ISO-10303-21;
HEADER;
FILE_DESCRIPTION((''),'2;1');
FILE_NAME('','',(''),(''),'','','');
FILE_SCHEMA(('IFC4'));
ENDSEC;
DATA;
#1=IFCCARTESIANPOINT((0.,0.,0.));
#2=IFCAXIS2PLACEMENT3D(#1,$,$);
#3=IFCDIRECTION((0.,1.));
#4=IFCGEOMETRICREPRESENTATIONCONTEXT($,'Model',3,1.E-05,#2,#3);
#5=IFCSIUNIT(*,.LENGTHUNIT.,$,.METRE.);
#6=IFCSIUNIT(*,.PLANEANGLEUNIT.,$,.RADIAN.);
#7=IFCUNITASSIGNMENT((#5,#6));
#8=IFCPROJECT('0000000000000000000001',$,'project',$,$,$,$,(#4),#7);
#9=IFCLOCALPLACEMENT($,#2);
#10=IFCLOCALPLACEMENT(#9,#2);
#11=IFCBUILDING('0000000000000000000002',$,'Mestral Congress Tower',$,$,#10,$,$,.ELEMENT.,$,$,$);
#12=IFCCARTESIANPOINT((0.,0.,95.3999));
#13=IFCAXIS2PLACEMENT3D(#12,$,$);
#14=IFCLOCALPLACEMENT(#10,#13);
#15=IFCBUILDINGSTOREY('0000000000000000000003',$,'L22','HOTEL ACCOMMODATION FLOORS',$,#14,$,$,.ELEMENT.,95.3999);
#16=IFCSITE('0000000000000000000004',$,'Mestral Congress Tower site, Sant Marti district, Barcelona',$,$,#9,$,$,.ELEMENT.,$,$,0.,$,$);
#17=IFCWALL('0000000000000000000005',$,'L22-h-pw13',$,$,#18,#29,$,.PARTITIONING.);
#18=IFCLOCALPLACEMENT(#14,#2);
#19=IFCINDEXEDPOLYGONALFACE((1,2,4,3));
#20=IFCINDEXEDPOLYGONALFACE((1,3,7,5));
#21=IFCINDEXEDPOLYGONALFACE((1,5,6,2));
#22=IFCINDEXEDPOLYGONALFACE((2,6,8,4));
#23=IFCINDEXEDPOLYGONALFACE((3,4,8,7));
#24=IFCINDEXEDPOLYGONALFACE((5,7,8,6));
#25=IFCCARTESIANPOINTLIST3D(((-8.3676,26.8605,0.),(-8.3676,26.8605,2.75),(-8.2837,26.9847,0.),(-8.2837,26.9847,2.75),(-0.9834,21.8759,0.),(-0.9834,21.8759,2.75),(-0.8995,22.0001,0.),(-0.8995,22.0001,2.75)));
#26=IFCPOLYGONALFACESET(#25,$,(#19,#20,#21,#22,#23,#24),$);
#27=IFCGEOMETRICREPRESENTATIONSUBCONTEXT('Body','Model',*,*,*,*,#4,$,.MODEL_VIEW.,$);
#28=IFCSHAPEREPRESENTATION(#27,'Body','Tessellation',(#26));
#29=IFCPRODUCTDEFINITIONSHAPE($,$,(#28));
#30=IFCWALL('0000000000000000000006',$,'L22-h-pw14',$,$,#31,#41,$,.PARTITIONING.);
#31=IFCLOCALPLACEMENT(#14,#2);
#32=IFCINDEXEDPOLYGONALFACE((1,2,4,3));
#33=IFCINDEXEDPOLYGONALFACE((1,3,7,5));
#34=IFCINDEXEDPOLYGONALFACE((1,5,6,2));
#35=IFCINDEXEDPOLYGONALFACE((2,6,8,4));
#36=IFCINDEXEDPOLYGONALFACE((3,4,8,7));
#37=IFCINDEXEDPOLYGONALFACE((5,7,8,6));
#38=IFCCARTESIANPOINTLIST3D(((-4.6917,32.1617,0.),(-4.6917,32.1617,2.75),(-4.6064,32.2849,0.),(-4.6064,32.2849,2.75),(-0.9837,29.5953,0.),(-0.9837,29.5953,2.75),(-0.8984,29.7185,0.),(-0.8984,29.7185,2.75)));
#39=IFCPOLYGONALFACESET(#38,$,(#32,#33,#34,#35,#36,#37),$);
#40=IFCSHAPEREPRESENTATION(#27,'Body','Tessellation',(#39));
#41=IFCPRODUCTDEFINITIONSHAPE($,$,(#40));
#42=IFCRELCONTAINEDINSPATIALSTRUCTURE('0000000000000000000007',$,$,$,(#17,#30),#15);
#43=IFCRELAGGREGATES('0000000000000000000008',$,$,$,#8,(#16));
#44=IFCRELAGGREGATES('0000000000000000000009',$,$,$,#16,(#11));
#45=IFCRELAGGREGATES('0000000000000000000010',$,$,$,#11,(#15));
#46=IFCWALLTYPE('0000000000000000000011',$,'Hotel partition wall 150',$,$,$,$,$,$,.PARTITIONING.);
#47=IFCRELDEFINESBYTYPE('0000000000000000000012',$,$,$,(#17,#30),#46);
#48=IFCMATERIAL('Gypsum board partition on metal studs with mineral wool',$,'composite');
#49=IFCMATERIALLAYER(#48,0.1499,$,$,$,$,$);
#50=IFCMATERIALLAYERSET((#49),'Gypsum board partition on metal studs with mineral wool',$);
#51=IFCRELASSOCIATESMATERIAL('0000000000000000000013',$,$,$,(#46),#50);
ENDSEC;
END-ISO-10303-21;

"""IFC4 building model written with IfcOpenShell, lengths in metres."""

from ifc_helpers import new_model, si_unit, direction, frame, frame_2d, origin, place, context, subcontext, project, spatial, rectangle, extrude, material, layer, layer_set, type_object, element, save


model = new_model("IFC4")

# Units and contexts
model_context = context("Model", 3, precision=1e-05, world=origin(), true_north=direction((0.0, 1.0)))
body_context = subcontext(model_context, "Body", "Model", "MODEL_VIEW")
ifc_project = project(units=[si_unit("LENGTHUNIT", "METRE"), si_unit("PLANEANGLEUNIT", "RADIAN")], contexts=[model_context])

# Site, building, storey
site_placement = place(None, origin())
site = spatial("IfcSite", under=ifc_project, at=site_placement, Name="Mestral Congress Tower site, Sant Marti district, Barcelona", CompositionType="ELEMENT", RefElevation=0.0)
building_placement = place(site_placement, origin())
building = spatial("IfcBuilding", under=site, at=building_placement, Name="Mestral Congress Tower", CompositionType="ELEMENT")
storey_placement = place(building_placement, frame((0.0, 0.0, 95.3999)))
storey = spatial("IfcBuildingStorey", under=building, at=storey_placement, Name="L22", Description="HOTEL ACCOMMODATION FLOORS", CompositionType="ELEMENT", Elevation=95.3999)

# Shared definitions
ifc_material_1 = material(Name="Gypsum board partition on metal studs with mineral wool", Category="composite")

# Walls
ifc_layer_1 = layer(ifc_material_1, 0.1499)
ifc_layer_set_1 = layer_set([ifc_layer_1], Name="Gypsum board partition on metal studs with mineral wool")
wall_type_1 = type_object("IfcWallType", Name="Hotel partition wall 150", PredefinedType="PARTITIONING", material=ifc_layer_set_1)
wall_1_placement = place(storey_placement, frame((-8.3257, 26.9226, 0.0), z_axis=(0.0, 0.0, 1.0), x_axis=(0.828837, -0.559491, 0.0)))
element("IfcWall", 1, at=wall_1_placement, inside=storey, type_object=wall_type_1, Name="L22-h-pw13", PredefinedType="PARTITIONING", context=body_context, shape_type="SweptSolid", body=[
    extrude(rectangle(XDim=8.9092, YDim=0.1499, at=frame_2d((4.4546, 0.0))), origin(), (0.0, 0.0, 1.0), 2.75),
])
wall_2_placement = place(storey_placement, frame((-4.6492, 32.2234, 0.0), z_axis=(0.0, 0.0, 1.0), x_axis=(0.822262, -0.569109, 0.0)))
element("IfcWall", 2, at=wall_2_placement, inside=storey, type_object=wall_type_1, Name="L22-h-pw14", PredefinedType="PARTITIONING", context=body_context, shape_type="SweptSolid", body=[
    extrude(rectangle(XDim=4.5095, YDim=0.1499, at=frame_2d((2.2549, 0.0))), origin(), (0.0, 0.0, 1.0), 2.75),
])

save(model, "model.ifc")
